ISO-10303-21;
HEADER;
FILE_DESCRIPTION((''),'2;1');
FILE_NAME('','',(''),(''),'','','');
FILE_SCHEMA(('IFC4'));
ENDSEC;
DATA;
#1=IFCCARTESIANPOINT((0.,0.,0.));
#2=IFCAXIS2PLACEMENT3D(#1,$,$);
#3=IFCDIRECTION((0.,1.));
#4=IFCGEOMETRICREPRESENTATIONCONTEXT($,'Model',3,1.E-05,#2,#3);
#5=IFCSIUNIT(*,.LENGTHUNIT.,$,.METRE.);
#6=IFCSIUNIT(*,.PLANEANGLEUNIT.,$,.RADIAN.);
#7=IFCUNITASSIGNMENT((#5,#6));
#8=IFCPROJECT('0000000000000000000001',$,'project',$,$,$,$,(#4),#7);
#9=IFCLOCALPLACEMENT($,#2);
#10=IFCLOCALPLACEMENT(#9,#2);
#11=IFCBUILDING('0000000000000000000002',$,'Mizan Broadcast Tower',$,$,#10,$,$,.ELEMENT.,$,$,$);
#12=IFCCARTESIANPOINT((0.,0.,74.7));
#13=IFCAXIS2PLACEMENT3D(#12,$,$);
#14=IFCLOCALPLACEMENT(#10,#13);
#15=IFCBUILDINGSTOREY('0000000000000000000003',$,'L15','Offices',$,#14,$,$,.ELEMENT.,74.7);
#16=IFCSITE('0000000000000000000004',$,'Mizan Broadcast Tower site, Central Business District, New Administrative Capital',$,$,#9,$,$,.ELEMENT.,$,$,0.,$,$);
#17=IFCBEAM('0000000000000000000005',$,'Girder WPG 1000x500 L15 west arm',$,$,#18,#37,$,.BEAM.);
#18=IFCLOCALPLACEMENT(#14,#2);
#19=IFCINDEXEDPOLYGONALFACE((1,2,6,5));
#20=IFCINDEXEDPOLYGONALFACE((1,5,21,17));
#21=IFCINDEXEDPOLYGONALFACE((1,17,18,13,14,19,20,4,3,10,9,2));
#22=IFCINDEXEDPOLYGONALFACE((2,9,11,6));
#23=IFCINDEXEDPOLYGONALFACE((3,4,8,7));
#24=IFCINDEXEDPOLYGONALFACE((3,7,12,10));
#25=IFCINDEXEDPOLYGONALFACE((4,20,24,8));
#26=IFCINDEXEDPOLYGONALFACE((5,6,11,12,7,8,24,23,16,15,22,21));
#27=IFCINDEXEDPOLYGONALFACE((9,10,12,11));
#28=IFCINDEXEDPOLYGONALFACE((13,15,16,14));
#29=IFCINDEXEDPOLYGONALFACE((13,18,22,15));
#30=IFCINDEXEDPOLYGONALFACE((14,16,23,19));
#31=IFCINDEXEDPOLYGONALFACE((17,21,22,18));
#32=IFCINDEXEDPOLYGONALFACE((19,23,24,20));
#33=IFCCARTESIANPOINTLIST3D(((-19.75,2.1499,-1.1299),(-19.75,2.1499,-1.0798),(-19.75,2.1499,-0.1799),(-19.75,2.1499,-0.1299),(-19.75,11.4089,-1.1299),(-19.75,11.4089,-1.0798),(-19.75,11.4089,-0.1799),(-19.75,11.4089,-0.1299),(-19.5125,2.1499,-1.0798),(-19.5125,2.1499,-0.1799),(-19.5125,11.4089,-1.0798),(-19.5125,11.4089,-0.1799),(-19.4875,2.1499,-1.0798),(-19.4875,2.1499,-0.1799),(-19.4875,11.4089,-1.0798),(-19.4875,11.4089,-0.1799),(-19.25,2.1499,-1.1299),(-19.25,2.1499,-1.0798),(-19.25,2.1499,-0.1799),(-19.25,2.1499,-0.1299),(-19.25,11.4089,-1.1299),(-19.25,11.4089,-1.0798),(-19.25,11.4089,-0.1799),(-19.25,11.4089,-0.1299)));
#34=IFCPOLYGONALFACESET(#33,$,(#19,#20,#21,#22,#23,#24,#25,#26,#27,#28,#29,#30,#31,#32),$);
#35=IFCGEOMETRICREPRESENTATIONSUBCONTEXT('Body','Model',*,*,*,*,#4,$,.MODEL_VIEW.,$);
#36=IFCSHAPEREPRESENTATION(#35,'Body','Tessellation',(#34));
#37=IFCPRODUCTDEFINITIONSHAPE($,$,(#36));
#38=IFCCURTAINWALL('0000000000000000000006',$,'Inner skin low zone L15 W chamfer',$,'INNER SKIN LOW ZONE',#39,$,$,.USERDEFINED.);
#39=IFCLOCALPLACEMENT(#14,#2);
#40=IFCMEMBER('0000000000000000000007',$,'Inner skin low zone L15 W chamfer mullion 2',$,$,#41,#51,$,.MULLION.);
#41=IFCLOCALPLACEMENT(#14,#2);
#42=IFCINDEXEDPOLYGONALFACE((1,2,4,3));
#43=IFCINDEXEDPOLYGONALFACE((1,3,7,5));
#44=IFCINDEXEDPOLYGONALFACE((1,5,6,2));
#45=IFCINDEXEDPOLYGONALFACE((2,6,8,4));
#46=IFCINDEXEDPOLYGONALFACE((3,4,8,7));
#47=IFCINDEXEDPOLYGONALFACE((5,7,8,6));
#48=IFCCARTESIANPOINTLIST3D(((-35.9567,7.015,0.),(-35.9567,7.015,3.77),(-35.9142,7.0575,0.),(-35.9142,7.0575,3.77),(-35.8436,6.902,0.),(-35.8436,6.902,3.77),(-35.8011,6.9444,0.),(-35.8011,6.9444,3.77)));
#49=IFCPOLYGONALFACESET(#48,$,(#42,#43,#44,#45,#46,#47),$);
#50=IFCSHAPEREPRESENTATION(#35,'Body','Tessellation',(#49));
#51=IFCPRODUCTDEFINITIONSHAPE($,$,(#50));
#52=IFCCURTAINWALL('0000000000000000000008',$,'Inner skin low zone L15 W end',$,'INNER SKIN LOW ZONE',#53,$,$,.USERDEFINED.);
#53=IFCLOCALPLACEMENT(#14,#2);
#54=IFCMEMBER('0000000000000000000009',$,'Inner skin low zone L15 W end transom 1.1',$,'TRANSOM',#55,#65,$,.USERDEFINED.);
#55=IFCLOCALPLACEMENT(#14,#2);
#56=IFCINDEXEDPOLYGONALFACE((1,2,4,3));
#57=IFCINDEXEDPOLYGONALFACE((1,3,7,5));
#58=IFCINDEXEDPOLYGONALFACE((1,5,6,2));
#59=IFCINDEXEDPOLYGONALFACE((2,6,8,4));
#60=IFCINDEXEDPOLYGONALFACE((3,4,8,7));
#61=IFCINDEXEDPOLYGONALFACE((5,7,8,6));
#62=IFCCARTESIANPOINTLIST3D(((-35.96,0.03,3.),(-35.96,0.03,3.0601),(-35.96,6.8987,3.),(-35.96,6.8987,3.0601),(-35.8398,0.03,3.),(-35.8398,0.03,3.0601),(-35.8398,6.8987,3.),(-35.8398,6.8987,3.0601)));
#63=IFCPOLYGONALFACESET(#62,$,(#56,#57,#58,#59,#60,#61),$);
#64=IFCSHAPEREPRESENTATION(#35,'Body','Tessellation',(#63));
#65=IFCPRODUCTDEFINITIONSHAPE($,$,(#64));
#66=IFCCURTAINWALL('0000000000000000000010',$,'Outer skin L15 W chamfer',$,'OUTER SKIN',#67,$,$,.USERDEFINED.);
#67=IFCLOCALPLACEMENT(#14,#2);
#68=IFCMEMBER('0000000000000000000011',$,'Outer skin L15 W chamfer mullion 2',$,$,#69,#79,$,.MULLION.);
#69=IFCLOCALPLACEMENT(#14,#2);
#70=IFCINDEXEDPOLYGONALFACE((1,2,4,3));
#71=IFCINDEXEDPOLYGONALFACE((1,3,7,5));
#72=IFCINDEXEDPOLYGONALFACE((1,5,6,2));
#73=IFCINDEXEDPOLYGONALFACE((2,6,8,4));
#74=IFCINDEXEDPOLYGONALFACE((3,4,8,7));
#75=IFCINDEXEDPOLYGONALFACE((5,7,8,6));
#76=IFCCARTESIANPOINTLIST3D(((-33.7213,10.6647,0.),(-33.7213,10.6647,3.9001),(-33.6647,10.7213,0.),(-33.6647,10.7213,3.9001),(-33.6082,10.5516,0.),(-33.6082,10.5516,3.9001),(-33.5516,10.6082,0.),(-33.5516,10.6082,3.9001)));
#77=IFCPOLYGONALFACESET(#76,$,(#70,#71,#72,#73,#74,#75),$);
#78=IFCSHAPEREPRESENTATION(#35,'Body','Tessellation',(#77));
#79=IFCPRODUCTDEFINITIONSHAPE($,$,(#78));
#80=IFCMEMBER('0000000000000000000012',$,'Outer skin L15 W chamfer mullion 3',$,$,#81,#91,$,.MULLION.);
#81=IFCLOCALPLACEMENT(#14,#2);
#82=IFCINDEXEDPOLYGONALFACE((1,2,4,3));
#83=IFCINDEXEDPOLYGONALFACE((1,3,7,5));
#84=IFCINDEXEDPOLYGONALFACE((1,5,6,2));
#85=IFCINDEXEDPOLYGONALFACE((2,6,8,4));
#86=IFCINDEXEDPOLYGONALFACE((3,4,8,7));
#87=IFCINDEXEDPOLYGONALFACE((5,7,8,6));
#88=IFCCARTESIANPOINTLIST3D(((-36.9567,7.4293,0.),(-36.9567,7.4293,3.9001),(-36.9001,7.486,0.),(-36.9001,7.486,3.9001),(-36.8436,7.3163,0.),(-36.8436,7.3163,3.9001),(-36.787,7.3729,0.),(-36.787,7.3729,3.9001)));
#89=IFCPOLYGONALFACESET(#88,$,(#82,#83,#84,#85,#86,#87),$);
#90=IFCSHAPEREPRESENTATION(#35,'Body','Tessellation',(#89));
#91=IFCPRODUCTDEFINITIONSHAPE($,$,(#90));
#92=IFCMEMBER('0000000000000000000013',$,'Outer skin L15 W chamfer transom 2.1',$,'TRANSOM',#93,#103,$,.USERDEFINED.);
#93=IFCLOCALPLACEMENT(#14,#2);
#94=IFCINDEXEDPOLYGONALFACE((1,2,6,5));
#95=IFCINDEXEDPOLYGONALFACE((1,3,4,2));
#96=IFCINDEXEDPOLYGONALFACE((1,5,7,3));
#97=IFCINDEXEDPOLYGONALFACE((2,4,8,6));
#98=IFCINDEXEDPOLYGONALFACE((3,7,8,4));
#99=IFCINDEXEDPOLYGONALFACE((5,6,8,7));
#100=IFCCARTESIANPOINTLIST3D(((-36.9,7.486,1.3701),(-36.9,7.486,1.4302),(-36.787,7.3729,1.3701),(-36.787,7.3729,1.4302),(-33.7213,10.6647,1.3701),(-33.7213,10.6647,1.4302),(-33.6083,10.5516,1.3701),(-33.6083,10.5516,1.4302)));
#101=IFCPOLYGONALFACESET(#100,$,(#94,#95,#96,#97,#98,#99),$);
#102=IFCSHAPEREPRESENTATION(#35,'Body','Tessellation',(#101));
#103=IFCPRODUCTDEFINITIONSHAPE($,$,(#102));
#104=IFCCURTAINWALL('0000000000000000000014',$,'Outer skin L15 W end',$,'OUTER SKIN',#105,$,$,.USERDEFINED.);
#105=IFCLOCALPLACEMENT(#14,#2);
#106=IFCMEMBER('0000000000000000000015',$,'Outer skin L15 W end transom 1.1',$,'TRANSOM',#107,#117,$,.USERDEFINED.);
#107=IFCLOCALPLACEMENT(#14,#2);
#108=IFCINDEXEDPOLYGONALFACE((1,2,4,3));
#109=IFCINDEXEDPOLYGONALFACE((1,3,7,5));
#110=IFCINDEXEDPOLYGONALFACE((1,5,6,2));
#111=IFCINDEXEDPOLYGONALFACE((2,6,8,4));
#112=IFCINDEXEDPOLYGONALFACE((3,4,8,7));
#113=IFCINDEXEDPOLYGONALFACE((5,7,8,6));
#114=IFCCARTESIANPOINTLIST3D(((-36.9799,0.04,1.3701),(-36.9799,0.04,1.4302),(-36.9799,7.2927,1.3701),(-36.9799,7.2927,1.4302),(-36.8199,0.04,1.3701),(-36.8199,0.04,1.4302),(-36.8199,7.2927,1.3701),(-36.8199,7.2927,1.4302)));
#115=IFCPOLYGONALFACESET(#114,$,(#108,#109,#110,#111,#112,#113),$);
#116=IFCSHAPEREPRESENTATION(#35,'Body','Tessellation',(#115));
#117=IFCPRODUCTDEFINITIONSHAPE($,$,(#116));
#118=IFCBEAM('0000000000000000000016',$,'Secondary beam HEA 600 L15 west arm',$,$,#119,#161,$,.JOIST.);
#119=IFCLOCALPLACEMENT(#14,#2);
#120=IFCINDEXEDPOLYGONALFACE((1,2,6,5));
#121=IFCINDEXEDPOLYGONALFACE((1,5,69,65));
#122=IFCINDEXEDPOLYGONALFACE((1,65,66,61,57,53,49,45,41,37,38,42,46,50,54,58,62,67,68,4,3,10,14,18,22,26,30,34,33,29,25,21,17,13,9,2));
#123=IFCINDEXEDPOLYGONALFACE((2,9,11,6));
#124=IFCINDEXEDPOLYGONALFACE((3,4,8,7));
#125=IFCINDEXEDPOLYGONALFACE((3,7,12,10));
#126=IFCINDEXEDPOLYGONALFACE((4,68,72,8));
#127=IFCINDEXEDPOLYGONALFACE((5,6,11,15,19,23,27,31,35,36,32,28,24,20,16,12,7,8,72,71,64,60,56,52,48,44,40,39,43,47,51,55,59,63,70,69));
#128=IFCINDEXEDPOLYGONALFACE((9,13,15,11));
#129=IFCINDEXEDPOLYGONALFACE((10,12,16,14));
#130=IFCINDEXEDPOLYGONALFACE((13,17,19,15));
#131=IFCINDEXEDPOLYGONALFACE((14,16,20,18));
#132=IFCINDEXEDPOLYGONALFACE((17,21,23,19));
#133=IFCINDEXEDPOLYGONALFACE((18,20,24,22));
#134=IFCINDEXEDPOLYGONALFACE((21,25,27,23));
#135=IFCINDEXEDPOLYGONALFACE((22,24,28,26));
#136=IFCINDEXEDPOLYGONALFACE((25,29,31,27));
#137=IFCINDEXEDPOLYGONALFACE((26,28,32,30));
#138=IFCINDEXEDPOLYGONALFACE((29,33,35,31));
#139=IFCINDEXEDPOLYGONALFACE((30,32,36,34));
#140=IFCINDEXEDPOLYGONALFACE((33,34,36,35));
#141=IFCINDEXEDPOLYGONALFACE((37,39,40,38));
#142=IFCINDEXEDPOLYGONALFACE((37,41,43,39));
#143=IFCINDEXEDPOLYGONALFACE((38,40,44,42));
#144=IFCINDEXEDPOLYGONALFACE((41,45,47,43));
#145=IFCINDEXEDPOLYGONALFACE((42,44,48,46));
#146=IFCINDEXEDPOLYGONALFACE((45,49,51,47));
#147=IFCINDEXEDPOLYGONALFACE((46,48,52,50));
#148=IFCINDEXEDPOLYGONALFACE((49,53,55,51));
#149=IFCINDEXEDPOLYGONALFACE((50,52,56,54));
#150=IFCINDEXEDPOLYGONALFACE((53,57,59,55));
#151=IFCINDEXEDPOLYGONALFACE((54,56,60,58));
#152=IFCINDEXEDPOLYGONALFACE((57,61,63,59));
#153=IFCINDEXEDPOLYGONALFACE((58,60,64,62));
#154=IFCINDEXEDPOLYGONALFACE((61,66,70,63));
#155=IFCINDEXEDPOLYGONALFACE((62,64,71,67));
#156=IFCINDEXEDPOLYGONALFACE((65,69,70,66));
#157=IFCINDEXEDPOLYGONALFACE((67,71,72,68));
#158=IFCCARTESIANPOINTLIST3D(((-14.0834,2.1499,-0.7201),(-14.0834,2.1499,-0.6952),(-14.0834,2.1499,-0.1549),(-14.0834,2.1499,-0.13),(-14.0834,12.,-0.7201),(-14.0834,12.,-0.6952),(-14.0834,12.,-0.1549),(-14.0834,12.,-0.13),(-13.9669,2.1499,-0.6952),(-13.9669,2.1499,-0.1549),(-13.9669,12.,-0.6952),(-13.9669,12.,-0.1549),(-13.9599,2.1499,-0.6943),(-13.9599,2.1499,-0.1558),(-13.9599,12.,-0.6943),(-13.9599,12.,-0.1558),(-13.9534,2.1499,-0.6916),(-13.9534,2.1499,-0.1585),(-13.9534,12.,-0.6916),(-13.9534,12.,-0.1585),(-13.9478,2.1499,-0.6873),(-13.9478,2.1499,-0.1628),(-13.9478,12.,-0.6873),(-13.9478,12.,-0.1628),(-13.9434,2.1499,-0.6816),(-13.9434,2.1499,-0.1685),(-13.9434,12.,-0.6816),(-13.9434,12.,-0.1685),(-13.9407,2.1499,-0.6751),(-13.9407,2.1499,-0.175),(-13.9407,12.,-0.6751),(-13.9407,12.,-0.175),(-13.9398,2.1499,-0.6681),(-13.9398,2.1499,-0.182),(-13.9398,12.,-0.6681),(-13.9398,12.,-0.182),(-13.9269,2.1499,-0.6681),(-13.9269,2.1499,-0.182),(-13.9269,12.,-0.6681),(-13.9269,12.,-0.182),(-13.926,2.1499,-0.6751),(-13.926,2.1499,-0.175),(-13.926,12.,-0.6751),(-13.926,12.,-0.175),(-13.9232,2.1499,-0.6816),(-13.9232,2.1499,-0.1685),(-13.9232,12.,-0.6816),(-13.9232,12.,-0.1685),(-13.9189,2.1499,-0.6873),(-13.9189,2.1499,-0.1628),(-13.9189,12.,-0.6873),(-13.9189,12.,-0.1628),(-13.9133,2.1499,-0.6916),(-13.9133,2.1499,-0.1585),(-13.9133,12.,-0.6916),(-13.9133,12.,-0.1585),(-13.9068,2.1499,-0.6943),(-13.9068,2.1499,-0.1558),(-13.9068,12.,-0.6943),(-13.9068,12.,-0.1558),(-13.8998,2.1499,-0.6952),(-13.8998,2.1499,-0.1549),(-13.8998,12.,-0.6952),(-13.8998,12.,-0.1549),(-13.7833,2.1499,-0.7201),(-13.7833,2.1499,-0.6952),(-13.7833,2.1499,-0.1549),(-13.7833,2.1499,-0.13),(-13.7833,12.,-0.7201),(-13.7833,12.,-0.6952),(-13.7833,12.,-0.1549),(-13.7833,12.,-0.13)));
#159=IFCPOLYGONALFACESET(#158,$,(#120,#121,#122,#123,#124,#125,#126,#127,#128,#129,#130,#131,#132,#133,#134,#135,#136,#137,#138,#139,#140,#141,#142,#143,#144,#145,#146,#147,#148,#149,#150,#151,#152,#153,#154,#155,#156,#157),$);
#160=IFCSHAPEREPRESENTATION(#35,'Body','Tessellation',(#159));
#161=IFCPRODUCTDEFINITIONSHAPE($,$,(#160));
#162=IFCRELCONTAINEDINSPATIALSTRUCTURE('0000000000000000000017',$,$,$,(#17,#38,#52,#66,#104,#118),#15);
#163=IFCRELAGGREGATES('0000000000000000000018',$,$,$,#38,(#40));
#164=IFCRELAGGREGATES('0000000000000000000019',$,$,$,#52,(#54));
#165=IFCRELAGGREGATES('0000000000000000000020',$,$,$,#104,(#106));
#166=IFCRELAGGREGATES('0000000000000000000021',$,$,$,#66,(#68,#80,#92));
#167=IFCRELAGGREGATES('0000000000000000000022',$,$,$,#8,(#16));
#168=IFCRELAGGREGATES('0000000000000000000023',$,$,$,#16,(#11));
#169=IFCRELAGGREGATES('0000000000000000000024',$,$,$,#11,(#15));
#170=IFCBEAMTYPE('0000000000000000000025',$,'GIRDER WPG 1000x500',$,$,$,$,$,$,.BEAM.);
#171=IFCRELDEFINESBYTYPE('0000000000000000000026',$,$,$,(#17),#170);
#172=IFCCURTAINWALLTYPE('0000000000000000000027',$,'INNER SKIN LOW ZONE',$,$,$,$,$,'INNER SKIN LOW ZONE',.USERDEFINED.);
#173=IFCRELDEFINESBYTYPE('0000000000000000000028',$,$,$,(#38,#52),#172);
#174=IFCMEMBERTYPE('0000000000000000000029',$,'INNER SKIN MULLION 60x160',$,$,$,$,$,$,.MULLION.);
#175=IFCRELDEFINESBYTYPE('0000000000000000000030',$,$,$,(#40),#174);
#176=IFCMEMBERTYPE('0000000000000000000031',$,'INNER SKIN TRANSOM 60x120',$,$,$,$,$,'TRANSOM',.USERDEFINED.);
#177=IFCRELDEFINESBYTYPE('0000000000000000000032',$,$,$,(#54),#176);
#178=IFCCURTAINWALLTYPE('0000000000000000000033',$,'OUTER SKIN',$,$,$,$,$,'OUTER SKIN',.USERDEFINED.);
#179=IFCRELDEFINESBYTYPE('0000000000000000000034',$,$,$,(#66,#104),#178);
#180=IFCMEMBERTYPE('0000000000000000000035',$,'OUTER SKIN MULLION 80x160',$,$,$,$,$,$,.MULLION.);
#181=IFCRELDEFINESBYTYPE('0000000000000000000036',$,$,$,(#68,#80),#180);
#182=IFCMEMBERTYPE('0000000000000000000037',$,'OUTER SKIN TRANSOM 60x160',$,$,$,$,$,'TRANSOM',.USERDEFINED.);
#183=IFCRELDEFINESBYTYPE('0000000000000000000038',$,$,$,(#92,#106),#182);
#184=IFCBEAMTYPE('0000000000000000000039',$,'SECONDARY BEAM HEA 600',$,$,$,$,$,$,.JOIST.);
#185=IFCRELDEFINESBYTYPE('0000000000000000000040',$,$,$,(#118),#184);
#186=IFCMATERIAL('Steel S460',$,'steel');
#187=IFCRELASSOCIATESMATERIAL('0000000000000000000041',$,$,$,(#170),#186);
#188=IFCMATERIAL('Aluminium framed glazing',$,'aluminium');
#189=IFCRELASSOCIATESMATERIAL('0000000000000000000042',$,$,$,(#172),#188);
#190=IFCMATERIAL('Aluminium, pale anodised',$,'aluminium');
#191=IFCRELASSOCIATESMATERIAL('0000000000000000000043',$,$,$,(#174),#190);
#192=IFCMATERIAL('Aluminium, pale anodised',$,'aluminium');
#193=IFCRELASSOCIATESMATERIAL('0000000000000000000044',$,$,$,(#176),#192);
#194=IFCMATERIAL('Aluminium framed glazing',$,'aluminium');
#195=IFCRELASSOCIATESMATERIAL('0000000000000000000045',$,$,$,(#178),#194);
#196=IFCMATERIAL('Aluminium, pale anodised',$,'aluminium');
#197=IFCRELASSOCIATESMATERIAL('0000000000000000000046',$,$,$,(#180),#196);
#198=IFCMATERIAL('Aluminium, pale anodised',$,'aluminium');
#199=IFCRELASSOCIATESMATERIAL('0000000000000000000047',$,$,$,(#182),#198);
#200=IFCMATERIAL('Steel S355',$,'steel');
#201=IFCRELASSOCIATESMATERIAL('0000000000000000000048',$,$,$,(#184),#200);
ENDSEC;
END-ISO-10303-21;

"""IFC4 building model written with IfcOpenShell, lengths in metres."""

from ifc_helpers import new_model, si_unit, direction, frame, origin, origin_2d, place, context, subcontext, project, spatial, rectangle, i_section, extrude, material, material_profile, profile_set, type_object, element, aggregate, save


model = new_model("IFC4")

# Units and contexts
model_context = context("Model", 3, precision=1e-05, world=origin(), true_north=direction((0.0, 1.0)))
body_context = subcontext(model_context, "Body", "Model", "MODEL_VIEW")
ifc_project = project(units=[si_unit("LENGTHUNIT", "METRE"), si_unit("PLANEANGLEUNIT", "RADIAN")], contexts=[model_context])

# Site, building, storey
site_placement = place(None, origin())
site = spatial("IfcSite", under=ifc_project, at=site_placement, Name="Mizan Broadcast Tower site, Central Business District, New Administrative Capital", CompositionType="ELEMENT", RefElevation=0.0)
building_placement = place(site_placement, origin())
building = spatial("IfcBuilding", under=site, at=building_placement, Name="Mizan Broadcast Tower", CompositionType="ELEMENT")
storey_placement = place(building_placement, frame((0.0, 0.0, 74.7)))
storey = spatial("IfcBuildingStorey", under=building, at=storey_placement, Name="L15", Description="Offices", CompositionType="ELEMENT", Elevation=74.7)

# Beam
ifc_material_1 = material(Name="Steel S460", Category="steel")
ifc_material_profile_1 = material_profile(ifc_material_1, i_section(OverallWidth=0.5, OverallDepth=1.0, WebThickness=0.0249, FlangeThickness=0.05, at=origin_2d()), Name="WPG 1000x500")
ifc_profile_set_1 = profile_set([ifc_material_profile_1], Name="Steel S460")
beam_type_1 = type_object("IfcBeamType", Name="GIRDER WPG 1000x500", PredefinedType="BEAM", material=ifc_profile_set_1)
beam_1_placement = place(storey_placement, frame((-19.5, 11.4089, -0.6299), z_axis=(0.0, -1.0, 0.0), x_axis=(1.0, 0.0, 0.0)))
element("IfcBeam", 1, at=beam_1_placement, inside=storey, type_object=beam_type_1, Name="Girder WPG 1000x500 L15 west arm", PredefinedType="BEAM", context=body_context, shape_type="SweptSolid", body=[
    extrude(i_section(OverallWidth=0.5, OverallDepth=1.0, WebThickness=0.0249, FlangeThickness=0.05, at=origin_2d()), origin(), (0.0, 0.0, 1.0), 9.259),
])

# Curtain walls, members
ifc_material_2 = material(Name="Aluminium framed glazing", Category="aluminium")
curtain_wall_type_1 = type_object("IfcCurtainWallType", Name="INNER SKIN LOW ZONE", ElementType="INNER SKIN LOW ZONE", PredefinedType="USERDEFINED", material=ifc_material_2)
curtain_wall_1_placement = place(storey_placement, origin())
curtain_wall_1 = element("IfcCurtainWall", 2, at=curtain_wall_1_placement, inside=storey, type_object=curtain_wall_type_1, Name="Inner skin low zone L15 W chamfer", ObjectType="INNER SKIN LOW ZONE", PredefinedType="USERDEFINED")
ifc_material_3 = material(Name="Aluminium, pale anodised", Category="aluminium")
ifc_material_profile_2 = material_profile(ifc_material_3, rectangle(XDim=0.1599, YDim=0.0601, at=origin_2d()), Name="MULLION 160x60")
ifc_profile_set_2 = profile_set([ifc_material_profile_2], Name="Aluminium, pale anodised")
member_type_1 = type_object("IfcMemberType", Name="INNER SKIN MULLION 60x160", PredefinedType="MULLION", material=ifc_profile_set_2)
member_1_placement = place(storey_placement, frame((-35.8789, 6.9797, 0.0), z_axis=(0.0, 0.0, 1.0), x_axis=(0.707107, -0.707107, 0.0)))
member_1 = element("IfcMember", 3, at=member_1_placement, type_object=member_type_1, Name="Inner skin low zone L15 W chamfer mullion 2", PredefinedType="MULLION", context=body_context, shape_type="SweptSolid", body=[
    extrude(rectangle(XDim=0.1599, YDim=0.0601, at=origin_2d()), origin(), (0.0, 0.0, 1.0), 3.77),
])
curtain_wall_2_placement = place(storey_placement, origin())
curtain_wall_2 = element("IfcCurtainWall", 4, at=curtain_wall_2_placement, inside=storey, type_object=curtain_wall_type_1, Name="Inner skin low zone L15 W end", ObjectType="INNER SKIN LOW ZONE", PredefinedType="USERDEFINED")
ifc_material_4 = material(Name="Aluminium, pale anodised", Category="aluminium")
ifc_material_profile_3 = material_profile(ifc_material_4, rectangle(XDim=0.1201, YDim=0.0601, at=origin_2d()), Name="TRANSOM 120x60")
ifc_profile_set_3 = profile_set([ifc_material_profile_3], Name="Aluminium, pale anodised")
member_type_2 = type_object("IfcMemberType", Name="INNER SKIN TRANSOM 60x120", ElementType="TRANSOM", PredefinedType="USERDEFINED", material=ifc_profile_set_3)
member_2_placement = place(storey_placement, frame((-35.8999, 6.8987, 3.03), z_axis=(0.0, -1.0, 0.0), x_axis=(1.0, 0.0, 0.0)))
member_2 = element("IfcMember", 5, at=member_2_placement, type_object=member_type_2, Name="Inner skin low zone L15 W end transom 1.1", ObjectType="TRANSOM", PredefinedType="USERDEFINED", context=body_context, shape_type="SweptSolid", body=[
    extrude(rectangle(XDim=0.1201, YDim=0.0601, at=origin_2d()), origin(), (0.0, 0.0, 1.0), 6.8687),
])

# Curtain wall, members
ifc_material_5 = material(Name="Aluminium framed glazing", Category="aluminium")
curtain_wall_type_2 = type_object("IfcCurtainWallType", Name="OUTER SKIN", ElementType="OUTER SKIN", PredefinedType="USERDEFINED", material=ifc_material_5)
curtain_wall_3_placement = place(storey_placement, origin())
curtain_wall_3 = element("IfcCurtainWall", 6, at=curtain_wall_3_placement, inside=storey, type_object=curtain_wall_type_2, Name="Outer skin L15 W chamfer", ObjectType="OUTER SKIN", PredefinedType="USERDEFINED")
ifc_material_6 = material(Name="Aluminium, pale anodised", Category="aluminium")
ifc_material_profile_4 = material_profile(ifc_material_6, rectangle(XDim=0.1599, YDim=0.0801, at=origin_2d()), Name="MULLION 160x80")
ifc_profile_set_4 = profile_set([ifc_material_profile_4], Name="Aluminium, pale anodised")
member_type_3 = type_object("IfcMemberType", Name="OUTER SKIN MULLION 80x160", PredefinedType="MULLION", material=ifc_profile_set_4)
member_3_placement = place(storey_placement, frame((-33.6365, 10.6365, 0.0), z_axis=(0.0, 0.0, 1.0), x_axis=(0.707107, -0.707107, 0.0)))
member_3 = element("IfcMember", 7, at=member_3_placement, type_object=member_type_3, Name="Outer skin L15 W chamfer mullion 2", PredefinedType="MULLION", context=body_context, shape_type="SweptSolid", body=[
    extrude(rectangle(XDim=0.1599, YDim=0.0801, at=origin_2d()), origin(), (0.0, 0.0, 1.0), 3.9001),
])
member_4_placement = place(storey_placement, frame((-36.8718, 7.4011, 0.0), z_axis=(0.0, 0.0, 1.0), x_axis=(0.707107, -0.707107, 0.0)))
member_4 = element("IfcMember", 8, at=member_4_placement, type_object=member_type_3, Name="Outer skin L15 W chamfer mullion 3", PredefinedType="MULLION", context=body_context, shape_type="SweptSolid", body=[
    extrude(rectangle(XDim=0.1599, YDim=0.0801, at=origin_2d()), origin(), (0.0, 0.0, 1.0), 3.9001),
])
ifc_material_7 = material(Name="Aluminium, pale anodised", Category="aluminium")
ifc_material_profile_5 = material_profile(ifc_material_7, rectangle(XDim=0.1599, YDim=0.0601, at=origin_2d()), Name="TRANSOM 160x60")
ifc_profile_set_5 = profile_set([ifc_material_profile_5], Name="Aluminium, pale anodised")
member_type_4 = type_object("IfcMemberType", Name="OUTER SKIN TRANSOM 60x160", ElementType="TRANSOM", PredefinedType="USERDEFINED", material=ifc_profile_set_5)
member_5_placement = place(storey_placement, frame((-33.6648, 10.6082, 1.4001), z_axis=(-0.707107, -0.707107, 0.0), x_axis=(0.707107, -0.707107, 0.0)))
member_5 = element("IfcMember", 9, at=member_5_placement, type_object=member_type_4, Name="Outer skin L15 W chamfer transom 2.1", ObjectType="TRANSOM", PredefinedType="USERDEFINED", context=body_context, shape_type="SweptSolid", body=[
    extrude(rectangle(XDim=0.1599, YDim=0.0601, at=origin_2d()), origin(), (0.0, 0.0, 1.0), 4.4954),
])

# Curtain wall, member
curtain_wall_4_placement = place(storey_placement, origin())
curtain_wall_4 = element("IfcCurtainWall", 10, at=curtain_wall_4_placement, inside=storey, type_object=curtain_wall_type_2, Name="Outer skin L15 W end", ObjectType="OUTER SKIN", PredefinedType="USERDEFINED")
member_6_placement = place(storey_placement, frame((-36.8999, 7.2927, 1.4001), z_axis=(0.0, -1.0, 0.0), x_axis=(1.0, 0.0, 0.0)))
member_6 = element("IfcMember", 11, at=member_6_placement, type_object=member_type_4, Name="Outer skin L15 W end transom 1.1", ObjectType="TRANSOM", PredefinedType="USERDEFINED", context=body_context, shape_type="SweptSolid", body=[
    extrude(rectangle(XDim=0.1599, YDim=0.0601, at=origin_2d()), origin(), (0.0, 0.0, 1.0), 7.2527),
])

# Beam
ifc_material_8 = material(Name="Steel S355", Category="steel")
ifc_material_profile_6 = material_profile(ifc_material_8, i_section(OverallWidth=0.3, OverallDepth=0.5901, WebThickness=0.0129, FlangeThickness=0.0249, FilletRadius=0.0271, at=origin_2d()), Name="HEA 600")
ifc_profile_set_6 = profile_set([ifc_material_profile_6], Name="Steel S355")
beam_type_2 = type_object("IfcBeamType", Name="SECONDARY BEAM HEA 600", PredefinedType="JOIST", material=ifc_profile_set_6)
for number, where, z_axis, x_axis, name in (
    (12, (-13.9333, 12.0, -0.425), (0.0, -1.0, 0.0), (1.0, 0.0, 0.0), "Secondary beam HEA 600 L15 west arm"),
):
    element("IfcBeam", number, at=place(storey_placement, frame(where, z_axis=z_axis, x_axis=x_axis)), inside=storey, type_object=beam_type_2, Name=name, PredefinedType="JOIST", context=body_context, shape_type="SweptSolid", body=[
        extrude(i_section(OverallWidth=0.3, OverallDepth=0.5901, WebThickness=0.0129, FlangeThickness=0.0249, FilletRadius=0.0271, at=origin_2d()), origin(), (0.0, 0.0, 1.0), 9.8501),
    ])

aggregate(curtain_wall_1, [member_1])
aggregate(curtain_wall_2, [member_2])
aggregate(curtain_wall_4, [member_6])
aggregate(curtain_wall_3, [member_3, member_4, member_5])

save(model, "model.ifc")
